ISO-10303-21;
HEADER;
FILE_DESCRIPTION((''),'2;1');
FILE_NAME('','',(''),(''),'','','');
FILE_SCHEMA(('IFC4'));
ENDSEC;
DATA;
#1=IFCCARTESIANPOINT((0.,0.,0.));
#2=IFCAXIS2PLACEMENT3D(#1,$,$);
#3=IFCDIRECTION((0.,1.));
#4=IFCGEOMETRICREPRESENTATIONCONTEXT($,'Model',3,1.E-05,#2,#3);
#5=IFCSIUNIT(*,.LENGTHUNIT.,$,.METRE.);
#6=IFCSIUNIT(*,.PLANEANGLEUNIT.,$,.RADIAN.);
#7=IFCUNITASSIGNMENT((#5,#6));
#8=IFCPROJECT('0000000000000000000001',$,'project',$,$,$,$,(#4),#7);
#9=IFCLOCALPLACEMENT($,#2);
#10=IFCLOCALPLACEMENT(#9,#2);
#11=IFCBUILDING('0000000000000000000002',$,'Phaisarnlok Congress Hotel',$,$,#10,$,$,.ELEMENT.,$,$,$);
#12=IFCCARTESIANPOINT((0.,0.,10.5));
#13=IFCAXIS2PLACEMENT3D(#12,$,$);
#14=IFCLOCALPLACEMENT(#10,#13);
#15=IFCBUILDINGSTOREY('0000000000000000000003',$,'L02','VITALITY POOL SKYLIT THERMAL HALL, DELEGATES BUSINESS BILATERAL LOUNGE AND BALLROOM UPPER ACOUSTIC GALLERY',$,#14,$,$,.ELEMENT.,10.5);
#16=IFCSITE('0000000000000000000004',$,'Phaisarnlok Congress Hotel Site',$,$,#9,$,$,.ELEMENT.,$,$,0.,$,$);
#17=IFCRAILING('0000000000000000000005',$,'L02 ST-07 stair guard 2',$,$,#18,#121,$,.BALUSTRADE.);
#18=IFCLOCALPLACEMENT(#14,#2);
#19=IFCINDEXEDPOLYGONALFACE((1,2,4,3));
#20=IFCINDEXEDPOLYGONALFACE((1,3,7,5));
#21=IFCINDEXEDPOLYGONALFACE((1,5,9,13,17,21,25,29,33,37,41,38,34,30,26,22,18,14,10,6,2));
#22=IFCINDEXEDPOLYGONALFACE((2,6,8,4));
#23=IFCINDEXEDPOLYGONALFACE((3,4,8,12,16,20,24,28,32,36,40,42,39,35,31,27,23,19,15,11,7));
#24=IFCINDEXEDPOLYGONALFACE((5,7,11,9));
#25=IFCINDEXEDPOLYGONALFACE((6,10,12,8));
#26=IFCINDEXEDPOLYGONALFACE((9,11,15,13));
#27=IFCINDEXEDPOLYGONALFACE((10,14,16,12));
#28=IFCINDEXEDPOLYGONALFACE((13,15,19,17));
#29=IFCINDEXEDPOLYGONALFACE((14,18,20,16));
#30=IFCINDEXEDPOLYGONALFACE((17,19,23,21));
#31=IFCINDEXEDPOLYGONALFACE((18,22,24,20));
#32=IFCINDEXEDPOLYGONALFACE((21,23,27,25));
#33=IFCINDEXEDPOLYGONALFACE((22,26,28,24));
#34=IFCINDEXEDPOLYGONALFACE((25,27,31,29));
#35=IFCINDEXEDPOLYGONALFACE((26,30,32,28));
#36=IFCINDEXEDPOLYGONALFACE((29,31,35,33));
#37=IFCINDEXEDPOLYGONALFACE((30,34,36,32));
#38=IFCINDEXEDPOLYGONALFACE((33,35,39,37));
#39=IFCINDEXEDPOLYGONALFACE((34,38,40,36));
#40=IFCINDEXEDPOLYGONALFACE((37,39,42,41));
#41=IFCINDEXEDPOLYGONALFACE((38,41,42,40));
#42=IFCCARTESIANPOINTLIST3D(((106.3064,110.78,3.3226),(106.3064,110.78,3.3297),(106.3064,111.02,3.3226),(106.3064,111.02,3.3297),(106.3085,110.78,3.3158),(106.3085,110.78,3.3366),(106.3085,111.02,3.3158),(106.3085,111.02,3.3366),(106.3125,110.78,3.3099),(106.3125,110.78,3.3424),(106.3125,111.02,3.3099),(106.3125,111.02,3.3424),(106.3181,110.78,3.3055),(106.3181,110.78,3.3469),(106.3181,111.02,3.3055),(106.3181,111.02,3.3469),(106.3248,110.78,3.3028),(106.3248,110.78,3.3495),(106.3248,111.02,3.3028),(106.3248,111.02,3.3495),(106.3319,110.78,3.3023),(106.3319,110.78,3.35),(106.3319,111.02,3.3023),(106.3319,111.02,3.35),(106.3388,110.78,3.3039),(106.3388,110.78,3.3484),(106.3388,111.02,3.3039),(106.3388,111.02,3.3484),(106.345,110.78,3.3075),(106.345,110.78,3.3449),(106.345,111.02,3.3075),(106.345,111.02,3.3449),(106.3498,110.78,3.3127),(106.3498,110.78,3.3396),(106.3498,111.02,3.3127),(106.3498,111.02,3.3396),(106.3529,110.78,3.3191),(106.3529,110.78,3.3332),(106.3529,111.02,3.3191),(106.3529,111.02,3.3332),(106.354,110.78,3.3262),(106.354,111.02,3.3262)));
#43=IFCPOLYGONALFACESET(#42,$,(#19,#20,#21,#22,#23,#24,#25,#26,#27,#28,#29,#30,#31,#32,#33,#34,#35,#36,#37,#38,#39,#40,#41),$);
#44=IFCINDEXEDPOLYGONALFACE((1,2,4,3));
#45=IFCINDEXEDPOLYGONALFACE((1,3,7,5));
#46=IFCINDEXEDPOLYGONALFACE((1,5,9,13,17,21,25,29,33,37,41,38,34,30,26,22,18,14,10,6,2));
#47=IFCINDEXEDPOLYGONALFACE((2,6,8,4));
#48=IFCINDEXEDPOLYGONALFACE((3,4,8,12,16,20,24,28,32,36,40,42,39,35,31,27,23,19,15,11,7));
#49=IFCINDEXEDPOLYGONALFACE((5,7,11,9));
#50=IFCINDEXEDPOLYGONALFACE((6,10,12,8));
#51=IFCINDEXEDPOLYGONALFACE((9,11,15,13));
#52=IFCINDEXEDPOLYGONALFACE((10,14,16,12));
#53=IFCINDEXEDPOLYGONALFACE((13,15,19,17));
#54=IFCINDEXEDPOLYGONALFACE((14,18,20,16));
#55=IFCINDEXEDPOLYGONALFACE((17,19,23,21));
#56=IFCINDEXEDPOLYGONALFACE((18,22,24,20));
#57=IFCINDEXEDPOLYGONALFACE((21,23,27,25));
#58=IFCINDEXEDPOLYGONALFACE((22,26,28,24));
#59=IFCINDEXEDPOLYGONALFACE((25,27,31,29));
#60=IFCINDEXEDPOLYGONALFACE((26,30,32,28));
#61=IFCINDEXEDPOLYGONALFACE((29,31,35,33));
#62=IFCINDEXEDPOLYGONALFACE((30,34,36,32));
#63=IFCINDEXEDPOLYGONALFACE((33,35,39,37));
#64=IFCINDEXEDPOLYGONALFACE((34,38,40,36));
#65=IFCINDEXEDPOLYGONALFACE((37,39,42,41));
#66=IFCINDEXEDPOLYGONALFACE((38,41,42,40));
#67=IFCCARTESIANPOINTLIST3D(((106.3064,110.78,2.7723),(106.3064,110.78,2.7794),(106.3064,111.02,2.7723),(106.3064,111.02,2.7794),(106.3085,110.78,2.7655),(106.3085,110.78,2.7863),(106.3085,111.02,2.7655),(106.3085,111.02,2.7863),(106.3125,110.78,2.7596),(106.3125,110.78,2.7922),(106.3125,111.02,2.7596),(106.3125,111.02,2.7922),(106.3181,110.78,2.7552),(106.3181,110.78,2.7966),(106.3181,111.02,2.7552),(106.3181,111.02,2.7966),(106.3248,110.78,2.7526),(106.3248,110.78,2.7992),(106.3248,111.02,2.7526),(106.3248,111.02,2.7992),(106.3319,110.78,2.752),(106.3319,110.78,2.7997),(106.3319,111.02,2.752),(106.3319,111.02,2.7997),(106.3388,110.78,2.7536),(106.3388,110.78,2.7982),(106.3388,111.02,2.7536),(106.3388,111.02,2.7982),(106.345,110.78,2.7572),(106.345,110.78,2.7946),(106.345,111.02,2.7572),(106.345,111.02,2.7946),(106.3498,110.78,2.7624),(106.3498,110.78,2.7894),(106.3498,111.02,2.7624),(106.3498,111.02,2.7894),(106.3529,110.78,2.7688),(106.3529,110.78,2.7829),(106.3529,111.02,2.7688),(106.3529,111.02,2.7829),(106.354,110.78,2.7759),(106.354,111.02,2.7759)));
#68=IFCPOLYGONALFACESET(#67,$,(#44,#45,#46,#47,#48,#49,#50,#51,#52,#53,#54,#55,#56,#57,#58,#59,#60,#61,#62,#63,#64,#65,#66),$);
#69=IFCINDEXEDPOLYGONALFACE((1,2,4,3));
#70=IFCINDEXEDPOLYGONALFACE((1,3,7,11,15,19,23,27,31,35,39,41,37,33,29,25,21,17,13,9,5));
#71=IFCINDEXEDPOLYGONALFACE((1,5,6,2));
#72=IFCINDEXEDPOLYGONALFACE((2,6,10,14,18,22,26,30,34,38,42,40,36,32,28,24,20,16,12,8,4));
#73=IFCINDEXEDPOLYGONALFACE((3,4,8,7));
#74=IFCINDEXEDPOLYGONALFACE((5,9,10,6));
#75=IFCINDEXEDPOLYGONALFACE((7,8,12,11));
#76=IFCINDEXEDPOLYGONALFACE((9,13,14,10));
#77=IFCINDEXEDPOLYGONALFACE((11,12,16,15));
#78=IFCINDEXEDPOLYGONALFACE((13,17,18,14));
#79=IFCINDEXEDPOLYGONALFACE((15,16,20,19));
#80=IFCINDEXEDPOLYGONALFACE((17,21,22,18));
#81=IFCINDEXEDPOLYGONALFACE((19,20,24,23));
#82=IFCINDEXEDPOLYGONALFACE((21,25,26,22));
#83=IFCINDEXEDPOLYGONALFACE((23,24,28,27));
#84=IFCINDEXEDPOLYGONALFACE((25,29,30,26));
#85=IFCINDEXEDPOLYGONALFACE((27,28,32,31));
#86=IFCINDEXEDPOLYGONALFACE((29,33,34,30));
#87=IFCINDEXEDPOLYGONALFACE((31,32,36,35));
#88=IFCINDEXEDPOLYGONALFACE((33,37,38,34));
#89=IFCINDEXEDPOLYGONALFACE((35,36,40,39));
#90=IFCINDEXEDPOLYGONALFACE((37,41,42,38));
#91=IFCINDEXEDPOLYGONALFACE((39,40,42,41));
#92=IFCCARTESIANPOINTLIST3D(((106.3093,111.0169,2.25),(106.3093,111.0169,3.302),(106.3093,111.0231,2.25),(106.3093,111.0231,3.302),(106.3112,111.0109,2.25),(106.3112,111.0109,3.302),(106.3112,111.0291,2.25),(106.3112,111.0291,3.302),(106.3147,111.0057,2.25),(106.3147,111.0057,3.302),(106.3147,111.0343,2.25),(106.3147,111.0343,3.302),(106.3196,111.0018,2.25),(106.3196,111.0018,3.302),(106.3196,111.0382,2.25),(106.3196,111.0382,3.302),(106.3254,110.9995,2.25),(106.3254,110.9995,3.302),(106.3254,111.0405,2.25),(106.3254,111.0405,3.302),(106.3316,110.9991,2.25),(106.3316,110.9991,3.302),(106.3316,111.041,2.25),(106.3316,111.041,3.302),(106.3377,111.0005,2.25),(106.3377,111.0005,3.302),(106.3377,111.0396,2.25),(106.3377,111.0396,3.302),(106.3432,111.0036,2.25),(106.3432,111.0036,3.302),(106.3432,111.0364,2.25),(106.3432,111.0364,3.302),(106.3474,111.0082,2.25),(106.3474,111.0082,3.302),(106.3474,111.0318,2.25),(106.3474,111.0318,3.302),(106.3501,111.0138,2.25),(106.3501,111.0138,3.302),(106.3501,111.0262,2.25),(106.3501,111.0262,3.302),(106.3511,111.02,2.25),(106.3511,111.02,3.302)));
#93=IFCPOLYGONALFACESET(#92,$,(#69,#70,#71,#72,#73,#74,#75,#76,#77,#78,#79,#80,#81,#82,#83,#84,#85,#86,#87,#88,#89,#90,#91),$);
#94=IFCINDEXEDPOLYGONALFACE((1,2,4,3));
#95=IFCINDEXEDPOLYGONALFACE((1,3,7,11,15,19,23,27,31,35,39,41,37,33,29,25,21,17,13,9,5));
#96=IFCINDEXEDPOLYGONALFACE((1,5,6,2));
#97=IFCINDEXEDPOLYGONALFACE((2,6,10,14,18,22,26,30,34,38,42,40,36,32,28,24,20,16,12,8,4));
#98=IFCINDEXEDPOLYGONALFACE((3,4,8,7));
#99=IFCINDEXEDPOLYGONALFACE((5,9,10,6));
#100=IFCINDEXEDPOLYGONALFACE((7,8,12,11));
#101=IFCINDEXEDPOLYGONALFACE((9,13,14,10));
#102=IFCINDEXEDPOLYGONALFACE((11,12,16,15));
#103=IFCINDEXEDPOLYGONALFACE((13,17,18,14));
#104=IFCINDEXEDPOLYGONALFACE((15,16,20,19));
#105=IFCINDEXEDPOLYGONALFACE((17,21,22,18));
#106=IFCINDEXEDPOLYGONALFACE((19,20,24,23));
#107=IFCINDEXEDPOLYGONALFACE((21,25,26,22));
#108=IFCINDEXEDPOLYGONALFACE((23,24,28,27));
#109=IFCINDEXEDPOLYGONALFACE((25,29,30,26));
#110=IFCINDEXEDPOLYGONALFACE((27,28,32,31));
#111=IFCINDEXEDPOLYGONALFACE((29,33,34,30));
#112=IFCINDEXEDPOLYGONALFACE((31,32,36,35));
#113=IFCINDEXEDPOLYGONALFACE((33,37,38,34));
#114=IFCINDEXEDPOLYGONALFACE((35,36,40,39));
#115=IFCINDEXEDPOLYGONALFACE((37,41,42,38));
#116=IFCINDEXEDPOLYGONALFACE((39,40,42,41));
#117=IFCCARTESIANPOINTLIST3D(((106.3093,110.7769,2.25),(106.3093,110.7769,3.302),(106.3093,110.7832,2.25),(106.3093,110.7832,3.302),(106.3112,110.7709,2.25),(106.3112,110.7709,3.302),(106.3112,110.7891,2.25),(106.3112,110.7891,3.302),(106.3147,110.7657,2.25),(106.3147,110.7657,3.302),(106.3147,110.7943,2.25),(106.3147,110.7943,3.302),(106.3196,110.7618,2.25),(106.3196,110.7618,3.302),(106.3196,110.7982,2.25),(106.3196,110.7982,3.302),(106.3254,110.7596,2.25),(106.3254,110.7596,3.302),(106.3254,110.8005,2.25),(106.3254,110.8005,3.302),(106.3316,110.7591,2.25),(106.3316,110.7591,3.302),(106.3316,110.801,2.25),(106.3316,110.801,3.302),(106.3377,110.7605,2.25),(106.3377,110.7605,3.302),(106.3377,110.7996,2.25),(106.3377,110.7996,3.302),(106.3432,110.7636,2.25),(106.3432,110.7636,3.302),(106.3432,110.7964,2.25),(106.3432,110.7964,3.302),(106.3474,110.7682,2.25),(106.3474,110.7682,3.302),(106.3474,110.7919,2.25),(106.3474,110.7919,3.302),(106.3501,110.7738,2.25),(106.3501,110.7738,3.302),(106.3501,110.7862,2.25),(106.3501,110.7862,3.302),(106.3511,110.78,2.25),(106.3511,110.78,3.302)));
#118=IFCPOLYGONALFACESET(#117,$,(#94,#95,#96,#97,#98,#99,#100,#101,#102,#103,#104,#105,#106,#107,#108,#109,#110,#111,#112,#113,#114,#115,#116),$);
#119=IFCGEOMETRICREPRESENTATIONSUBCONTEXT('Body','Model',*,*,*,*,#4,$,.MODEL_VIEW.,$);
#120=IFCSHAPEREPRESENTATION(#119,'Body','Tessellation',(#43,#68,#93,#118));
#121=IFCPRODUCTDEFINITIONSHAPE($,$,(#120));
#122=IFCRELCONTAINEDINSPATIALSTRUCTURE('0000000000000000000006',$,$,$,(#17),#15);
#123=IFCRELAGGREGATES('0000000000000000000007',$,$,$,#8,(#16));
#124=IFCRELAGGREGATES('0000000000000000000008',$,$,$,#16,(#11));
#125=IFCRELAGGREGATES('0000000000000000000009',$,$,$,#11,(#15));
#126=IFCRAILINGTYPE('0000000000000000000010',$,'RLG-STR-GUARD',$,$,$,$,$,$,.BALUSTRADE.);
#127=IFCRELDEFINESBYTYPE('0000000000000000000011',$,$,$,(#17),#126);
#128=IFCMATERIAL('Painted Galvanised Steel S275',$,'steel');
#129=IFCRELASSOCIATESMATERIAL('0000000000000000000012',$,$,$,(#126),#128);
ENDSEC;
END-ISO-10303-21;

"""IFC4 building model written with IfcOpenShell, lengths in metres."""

from ifc_helpers import new_model, si_unit, direction, frame, origin, origin_2d, place, context, subcontext, project, spatial, circle, extrude, material, type_object, element, save


model = new_model("IFC4")

# Units and contexts
model_context = context("Model", 3, precision=1e-05, world=origin(), true_north=direction((0.0, 1.0)))
body_context = subcontext(model_context, "Body", "Model", "MODEL_VIEW")
ifc_project = project(units=[si_unit("LENGTHUNIT", "METRE"), si_unit("PLANEANGLEUNIT", "RADIAN")], contexts=[model_context])

# Site, building, storey
site_placement = place(None, origin())
site = spatial("IfcSite", under=ifc_project, at=site_placement, Name="Phaisarnlok Congress Hotel Site", CompositionType="ELEMENT", RefElevation=0.0)
building_placement = place(site_placement, origin())
building = spatial("IfcBuilding", under=site, at=building_placement, Name="Phaisarnlok Congress Hotel", CompositionType="ELEMENT")
storey_placement = place(building_placement, frame((0.0, 0.0, 10.5)))
storey = spatial("IfcBuildingStorey", under=building, at=storey_placement, Name="L02", Description="VITALITY POOL SKYLIT THERMAL HALL, DELEGATES BUSINESS BILATERAL LOUNGE AND BALLROOM UPPER ACOUSTIC GALLERY", CompositionType="ELEMENT", Elevation=10.5)

# Railing
ifc_material_1 = material(Name="Painted Galvanised Steel S275", Category="steel")
railing_type_1 = type_object("IfcRailingType", Name="RLG-STR-GUARD", PredefinedType="BALUSTRADE", material=ifc_material_1)
railing_1_placement = place(storey_placement, frame((106.3301, 111.02, 2.25)))
element("IfcRailing", 1, at=railing_1_placement, inside=storey, type_object=railing_type_1, Name="L02 ST-07 stair guard 2", PredefinedType="BALUSTRADE", context=body_context, shape_type="SweptSolid", body=[
    extrude(circle(Radius=0.0239, at=origin_2d()), frame((0.0, 0.0, 1.0762), z_axis=(0.0, -1.0, 0.0), x_axis=(1.0, 0.0, 0.0)), (0.0, 0.0, 1.0), 0.24),
    extrude(circle(Radius=0.0239, at=origin_2d()), frame((0.0, 0.0, 0.5259), z_axis=(0.0, -1.0, 0.0), x_axis=(1.0, 0.0, 0.0)), (0.0, 0.0, 1.0), 0.24),
    extrude(circle(Radius=0.021, at=origin_2d()), origin(), (0.0, 0.0, 1.0), 1.052),
    extrude(circle(Radius=0.021, at=origin_2d()), frame((0.0, -0.24, 0.0)), (0.0, 0.0, 1.0), 1.052),
])

save(model, "model.ifc")
